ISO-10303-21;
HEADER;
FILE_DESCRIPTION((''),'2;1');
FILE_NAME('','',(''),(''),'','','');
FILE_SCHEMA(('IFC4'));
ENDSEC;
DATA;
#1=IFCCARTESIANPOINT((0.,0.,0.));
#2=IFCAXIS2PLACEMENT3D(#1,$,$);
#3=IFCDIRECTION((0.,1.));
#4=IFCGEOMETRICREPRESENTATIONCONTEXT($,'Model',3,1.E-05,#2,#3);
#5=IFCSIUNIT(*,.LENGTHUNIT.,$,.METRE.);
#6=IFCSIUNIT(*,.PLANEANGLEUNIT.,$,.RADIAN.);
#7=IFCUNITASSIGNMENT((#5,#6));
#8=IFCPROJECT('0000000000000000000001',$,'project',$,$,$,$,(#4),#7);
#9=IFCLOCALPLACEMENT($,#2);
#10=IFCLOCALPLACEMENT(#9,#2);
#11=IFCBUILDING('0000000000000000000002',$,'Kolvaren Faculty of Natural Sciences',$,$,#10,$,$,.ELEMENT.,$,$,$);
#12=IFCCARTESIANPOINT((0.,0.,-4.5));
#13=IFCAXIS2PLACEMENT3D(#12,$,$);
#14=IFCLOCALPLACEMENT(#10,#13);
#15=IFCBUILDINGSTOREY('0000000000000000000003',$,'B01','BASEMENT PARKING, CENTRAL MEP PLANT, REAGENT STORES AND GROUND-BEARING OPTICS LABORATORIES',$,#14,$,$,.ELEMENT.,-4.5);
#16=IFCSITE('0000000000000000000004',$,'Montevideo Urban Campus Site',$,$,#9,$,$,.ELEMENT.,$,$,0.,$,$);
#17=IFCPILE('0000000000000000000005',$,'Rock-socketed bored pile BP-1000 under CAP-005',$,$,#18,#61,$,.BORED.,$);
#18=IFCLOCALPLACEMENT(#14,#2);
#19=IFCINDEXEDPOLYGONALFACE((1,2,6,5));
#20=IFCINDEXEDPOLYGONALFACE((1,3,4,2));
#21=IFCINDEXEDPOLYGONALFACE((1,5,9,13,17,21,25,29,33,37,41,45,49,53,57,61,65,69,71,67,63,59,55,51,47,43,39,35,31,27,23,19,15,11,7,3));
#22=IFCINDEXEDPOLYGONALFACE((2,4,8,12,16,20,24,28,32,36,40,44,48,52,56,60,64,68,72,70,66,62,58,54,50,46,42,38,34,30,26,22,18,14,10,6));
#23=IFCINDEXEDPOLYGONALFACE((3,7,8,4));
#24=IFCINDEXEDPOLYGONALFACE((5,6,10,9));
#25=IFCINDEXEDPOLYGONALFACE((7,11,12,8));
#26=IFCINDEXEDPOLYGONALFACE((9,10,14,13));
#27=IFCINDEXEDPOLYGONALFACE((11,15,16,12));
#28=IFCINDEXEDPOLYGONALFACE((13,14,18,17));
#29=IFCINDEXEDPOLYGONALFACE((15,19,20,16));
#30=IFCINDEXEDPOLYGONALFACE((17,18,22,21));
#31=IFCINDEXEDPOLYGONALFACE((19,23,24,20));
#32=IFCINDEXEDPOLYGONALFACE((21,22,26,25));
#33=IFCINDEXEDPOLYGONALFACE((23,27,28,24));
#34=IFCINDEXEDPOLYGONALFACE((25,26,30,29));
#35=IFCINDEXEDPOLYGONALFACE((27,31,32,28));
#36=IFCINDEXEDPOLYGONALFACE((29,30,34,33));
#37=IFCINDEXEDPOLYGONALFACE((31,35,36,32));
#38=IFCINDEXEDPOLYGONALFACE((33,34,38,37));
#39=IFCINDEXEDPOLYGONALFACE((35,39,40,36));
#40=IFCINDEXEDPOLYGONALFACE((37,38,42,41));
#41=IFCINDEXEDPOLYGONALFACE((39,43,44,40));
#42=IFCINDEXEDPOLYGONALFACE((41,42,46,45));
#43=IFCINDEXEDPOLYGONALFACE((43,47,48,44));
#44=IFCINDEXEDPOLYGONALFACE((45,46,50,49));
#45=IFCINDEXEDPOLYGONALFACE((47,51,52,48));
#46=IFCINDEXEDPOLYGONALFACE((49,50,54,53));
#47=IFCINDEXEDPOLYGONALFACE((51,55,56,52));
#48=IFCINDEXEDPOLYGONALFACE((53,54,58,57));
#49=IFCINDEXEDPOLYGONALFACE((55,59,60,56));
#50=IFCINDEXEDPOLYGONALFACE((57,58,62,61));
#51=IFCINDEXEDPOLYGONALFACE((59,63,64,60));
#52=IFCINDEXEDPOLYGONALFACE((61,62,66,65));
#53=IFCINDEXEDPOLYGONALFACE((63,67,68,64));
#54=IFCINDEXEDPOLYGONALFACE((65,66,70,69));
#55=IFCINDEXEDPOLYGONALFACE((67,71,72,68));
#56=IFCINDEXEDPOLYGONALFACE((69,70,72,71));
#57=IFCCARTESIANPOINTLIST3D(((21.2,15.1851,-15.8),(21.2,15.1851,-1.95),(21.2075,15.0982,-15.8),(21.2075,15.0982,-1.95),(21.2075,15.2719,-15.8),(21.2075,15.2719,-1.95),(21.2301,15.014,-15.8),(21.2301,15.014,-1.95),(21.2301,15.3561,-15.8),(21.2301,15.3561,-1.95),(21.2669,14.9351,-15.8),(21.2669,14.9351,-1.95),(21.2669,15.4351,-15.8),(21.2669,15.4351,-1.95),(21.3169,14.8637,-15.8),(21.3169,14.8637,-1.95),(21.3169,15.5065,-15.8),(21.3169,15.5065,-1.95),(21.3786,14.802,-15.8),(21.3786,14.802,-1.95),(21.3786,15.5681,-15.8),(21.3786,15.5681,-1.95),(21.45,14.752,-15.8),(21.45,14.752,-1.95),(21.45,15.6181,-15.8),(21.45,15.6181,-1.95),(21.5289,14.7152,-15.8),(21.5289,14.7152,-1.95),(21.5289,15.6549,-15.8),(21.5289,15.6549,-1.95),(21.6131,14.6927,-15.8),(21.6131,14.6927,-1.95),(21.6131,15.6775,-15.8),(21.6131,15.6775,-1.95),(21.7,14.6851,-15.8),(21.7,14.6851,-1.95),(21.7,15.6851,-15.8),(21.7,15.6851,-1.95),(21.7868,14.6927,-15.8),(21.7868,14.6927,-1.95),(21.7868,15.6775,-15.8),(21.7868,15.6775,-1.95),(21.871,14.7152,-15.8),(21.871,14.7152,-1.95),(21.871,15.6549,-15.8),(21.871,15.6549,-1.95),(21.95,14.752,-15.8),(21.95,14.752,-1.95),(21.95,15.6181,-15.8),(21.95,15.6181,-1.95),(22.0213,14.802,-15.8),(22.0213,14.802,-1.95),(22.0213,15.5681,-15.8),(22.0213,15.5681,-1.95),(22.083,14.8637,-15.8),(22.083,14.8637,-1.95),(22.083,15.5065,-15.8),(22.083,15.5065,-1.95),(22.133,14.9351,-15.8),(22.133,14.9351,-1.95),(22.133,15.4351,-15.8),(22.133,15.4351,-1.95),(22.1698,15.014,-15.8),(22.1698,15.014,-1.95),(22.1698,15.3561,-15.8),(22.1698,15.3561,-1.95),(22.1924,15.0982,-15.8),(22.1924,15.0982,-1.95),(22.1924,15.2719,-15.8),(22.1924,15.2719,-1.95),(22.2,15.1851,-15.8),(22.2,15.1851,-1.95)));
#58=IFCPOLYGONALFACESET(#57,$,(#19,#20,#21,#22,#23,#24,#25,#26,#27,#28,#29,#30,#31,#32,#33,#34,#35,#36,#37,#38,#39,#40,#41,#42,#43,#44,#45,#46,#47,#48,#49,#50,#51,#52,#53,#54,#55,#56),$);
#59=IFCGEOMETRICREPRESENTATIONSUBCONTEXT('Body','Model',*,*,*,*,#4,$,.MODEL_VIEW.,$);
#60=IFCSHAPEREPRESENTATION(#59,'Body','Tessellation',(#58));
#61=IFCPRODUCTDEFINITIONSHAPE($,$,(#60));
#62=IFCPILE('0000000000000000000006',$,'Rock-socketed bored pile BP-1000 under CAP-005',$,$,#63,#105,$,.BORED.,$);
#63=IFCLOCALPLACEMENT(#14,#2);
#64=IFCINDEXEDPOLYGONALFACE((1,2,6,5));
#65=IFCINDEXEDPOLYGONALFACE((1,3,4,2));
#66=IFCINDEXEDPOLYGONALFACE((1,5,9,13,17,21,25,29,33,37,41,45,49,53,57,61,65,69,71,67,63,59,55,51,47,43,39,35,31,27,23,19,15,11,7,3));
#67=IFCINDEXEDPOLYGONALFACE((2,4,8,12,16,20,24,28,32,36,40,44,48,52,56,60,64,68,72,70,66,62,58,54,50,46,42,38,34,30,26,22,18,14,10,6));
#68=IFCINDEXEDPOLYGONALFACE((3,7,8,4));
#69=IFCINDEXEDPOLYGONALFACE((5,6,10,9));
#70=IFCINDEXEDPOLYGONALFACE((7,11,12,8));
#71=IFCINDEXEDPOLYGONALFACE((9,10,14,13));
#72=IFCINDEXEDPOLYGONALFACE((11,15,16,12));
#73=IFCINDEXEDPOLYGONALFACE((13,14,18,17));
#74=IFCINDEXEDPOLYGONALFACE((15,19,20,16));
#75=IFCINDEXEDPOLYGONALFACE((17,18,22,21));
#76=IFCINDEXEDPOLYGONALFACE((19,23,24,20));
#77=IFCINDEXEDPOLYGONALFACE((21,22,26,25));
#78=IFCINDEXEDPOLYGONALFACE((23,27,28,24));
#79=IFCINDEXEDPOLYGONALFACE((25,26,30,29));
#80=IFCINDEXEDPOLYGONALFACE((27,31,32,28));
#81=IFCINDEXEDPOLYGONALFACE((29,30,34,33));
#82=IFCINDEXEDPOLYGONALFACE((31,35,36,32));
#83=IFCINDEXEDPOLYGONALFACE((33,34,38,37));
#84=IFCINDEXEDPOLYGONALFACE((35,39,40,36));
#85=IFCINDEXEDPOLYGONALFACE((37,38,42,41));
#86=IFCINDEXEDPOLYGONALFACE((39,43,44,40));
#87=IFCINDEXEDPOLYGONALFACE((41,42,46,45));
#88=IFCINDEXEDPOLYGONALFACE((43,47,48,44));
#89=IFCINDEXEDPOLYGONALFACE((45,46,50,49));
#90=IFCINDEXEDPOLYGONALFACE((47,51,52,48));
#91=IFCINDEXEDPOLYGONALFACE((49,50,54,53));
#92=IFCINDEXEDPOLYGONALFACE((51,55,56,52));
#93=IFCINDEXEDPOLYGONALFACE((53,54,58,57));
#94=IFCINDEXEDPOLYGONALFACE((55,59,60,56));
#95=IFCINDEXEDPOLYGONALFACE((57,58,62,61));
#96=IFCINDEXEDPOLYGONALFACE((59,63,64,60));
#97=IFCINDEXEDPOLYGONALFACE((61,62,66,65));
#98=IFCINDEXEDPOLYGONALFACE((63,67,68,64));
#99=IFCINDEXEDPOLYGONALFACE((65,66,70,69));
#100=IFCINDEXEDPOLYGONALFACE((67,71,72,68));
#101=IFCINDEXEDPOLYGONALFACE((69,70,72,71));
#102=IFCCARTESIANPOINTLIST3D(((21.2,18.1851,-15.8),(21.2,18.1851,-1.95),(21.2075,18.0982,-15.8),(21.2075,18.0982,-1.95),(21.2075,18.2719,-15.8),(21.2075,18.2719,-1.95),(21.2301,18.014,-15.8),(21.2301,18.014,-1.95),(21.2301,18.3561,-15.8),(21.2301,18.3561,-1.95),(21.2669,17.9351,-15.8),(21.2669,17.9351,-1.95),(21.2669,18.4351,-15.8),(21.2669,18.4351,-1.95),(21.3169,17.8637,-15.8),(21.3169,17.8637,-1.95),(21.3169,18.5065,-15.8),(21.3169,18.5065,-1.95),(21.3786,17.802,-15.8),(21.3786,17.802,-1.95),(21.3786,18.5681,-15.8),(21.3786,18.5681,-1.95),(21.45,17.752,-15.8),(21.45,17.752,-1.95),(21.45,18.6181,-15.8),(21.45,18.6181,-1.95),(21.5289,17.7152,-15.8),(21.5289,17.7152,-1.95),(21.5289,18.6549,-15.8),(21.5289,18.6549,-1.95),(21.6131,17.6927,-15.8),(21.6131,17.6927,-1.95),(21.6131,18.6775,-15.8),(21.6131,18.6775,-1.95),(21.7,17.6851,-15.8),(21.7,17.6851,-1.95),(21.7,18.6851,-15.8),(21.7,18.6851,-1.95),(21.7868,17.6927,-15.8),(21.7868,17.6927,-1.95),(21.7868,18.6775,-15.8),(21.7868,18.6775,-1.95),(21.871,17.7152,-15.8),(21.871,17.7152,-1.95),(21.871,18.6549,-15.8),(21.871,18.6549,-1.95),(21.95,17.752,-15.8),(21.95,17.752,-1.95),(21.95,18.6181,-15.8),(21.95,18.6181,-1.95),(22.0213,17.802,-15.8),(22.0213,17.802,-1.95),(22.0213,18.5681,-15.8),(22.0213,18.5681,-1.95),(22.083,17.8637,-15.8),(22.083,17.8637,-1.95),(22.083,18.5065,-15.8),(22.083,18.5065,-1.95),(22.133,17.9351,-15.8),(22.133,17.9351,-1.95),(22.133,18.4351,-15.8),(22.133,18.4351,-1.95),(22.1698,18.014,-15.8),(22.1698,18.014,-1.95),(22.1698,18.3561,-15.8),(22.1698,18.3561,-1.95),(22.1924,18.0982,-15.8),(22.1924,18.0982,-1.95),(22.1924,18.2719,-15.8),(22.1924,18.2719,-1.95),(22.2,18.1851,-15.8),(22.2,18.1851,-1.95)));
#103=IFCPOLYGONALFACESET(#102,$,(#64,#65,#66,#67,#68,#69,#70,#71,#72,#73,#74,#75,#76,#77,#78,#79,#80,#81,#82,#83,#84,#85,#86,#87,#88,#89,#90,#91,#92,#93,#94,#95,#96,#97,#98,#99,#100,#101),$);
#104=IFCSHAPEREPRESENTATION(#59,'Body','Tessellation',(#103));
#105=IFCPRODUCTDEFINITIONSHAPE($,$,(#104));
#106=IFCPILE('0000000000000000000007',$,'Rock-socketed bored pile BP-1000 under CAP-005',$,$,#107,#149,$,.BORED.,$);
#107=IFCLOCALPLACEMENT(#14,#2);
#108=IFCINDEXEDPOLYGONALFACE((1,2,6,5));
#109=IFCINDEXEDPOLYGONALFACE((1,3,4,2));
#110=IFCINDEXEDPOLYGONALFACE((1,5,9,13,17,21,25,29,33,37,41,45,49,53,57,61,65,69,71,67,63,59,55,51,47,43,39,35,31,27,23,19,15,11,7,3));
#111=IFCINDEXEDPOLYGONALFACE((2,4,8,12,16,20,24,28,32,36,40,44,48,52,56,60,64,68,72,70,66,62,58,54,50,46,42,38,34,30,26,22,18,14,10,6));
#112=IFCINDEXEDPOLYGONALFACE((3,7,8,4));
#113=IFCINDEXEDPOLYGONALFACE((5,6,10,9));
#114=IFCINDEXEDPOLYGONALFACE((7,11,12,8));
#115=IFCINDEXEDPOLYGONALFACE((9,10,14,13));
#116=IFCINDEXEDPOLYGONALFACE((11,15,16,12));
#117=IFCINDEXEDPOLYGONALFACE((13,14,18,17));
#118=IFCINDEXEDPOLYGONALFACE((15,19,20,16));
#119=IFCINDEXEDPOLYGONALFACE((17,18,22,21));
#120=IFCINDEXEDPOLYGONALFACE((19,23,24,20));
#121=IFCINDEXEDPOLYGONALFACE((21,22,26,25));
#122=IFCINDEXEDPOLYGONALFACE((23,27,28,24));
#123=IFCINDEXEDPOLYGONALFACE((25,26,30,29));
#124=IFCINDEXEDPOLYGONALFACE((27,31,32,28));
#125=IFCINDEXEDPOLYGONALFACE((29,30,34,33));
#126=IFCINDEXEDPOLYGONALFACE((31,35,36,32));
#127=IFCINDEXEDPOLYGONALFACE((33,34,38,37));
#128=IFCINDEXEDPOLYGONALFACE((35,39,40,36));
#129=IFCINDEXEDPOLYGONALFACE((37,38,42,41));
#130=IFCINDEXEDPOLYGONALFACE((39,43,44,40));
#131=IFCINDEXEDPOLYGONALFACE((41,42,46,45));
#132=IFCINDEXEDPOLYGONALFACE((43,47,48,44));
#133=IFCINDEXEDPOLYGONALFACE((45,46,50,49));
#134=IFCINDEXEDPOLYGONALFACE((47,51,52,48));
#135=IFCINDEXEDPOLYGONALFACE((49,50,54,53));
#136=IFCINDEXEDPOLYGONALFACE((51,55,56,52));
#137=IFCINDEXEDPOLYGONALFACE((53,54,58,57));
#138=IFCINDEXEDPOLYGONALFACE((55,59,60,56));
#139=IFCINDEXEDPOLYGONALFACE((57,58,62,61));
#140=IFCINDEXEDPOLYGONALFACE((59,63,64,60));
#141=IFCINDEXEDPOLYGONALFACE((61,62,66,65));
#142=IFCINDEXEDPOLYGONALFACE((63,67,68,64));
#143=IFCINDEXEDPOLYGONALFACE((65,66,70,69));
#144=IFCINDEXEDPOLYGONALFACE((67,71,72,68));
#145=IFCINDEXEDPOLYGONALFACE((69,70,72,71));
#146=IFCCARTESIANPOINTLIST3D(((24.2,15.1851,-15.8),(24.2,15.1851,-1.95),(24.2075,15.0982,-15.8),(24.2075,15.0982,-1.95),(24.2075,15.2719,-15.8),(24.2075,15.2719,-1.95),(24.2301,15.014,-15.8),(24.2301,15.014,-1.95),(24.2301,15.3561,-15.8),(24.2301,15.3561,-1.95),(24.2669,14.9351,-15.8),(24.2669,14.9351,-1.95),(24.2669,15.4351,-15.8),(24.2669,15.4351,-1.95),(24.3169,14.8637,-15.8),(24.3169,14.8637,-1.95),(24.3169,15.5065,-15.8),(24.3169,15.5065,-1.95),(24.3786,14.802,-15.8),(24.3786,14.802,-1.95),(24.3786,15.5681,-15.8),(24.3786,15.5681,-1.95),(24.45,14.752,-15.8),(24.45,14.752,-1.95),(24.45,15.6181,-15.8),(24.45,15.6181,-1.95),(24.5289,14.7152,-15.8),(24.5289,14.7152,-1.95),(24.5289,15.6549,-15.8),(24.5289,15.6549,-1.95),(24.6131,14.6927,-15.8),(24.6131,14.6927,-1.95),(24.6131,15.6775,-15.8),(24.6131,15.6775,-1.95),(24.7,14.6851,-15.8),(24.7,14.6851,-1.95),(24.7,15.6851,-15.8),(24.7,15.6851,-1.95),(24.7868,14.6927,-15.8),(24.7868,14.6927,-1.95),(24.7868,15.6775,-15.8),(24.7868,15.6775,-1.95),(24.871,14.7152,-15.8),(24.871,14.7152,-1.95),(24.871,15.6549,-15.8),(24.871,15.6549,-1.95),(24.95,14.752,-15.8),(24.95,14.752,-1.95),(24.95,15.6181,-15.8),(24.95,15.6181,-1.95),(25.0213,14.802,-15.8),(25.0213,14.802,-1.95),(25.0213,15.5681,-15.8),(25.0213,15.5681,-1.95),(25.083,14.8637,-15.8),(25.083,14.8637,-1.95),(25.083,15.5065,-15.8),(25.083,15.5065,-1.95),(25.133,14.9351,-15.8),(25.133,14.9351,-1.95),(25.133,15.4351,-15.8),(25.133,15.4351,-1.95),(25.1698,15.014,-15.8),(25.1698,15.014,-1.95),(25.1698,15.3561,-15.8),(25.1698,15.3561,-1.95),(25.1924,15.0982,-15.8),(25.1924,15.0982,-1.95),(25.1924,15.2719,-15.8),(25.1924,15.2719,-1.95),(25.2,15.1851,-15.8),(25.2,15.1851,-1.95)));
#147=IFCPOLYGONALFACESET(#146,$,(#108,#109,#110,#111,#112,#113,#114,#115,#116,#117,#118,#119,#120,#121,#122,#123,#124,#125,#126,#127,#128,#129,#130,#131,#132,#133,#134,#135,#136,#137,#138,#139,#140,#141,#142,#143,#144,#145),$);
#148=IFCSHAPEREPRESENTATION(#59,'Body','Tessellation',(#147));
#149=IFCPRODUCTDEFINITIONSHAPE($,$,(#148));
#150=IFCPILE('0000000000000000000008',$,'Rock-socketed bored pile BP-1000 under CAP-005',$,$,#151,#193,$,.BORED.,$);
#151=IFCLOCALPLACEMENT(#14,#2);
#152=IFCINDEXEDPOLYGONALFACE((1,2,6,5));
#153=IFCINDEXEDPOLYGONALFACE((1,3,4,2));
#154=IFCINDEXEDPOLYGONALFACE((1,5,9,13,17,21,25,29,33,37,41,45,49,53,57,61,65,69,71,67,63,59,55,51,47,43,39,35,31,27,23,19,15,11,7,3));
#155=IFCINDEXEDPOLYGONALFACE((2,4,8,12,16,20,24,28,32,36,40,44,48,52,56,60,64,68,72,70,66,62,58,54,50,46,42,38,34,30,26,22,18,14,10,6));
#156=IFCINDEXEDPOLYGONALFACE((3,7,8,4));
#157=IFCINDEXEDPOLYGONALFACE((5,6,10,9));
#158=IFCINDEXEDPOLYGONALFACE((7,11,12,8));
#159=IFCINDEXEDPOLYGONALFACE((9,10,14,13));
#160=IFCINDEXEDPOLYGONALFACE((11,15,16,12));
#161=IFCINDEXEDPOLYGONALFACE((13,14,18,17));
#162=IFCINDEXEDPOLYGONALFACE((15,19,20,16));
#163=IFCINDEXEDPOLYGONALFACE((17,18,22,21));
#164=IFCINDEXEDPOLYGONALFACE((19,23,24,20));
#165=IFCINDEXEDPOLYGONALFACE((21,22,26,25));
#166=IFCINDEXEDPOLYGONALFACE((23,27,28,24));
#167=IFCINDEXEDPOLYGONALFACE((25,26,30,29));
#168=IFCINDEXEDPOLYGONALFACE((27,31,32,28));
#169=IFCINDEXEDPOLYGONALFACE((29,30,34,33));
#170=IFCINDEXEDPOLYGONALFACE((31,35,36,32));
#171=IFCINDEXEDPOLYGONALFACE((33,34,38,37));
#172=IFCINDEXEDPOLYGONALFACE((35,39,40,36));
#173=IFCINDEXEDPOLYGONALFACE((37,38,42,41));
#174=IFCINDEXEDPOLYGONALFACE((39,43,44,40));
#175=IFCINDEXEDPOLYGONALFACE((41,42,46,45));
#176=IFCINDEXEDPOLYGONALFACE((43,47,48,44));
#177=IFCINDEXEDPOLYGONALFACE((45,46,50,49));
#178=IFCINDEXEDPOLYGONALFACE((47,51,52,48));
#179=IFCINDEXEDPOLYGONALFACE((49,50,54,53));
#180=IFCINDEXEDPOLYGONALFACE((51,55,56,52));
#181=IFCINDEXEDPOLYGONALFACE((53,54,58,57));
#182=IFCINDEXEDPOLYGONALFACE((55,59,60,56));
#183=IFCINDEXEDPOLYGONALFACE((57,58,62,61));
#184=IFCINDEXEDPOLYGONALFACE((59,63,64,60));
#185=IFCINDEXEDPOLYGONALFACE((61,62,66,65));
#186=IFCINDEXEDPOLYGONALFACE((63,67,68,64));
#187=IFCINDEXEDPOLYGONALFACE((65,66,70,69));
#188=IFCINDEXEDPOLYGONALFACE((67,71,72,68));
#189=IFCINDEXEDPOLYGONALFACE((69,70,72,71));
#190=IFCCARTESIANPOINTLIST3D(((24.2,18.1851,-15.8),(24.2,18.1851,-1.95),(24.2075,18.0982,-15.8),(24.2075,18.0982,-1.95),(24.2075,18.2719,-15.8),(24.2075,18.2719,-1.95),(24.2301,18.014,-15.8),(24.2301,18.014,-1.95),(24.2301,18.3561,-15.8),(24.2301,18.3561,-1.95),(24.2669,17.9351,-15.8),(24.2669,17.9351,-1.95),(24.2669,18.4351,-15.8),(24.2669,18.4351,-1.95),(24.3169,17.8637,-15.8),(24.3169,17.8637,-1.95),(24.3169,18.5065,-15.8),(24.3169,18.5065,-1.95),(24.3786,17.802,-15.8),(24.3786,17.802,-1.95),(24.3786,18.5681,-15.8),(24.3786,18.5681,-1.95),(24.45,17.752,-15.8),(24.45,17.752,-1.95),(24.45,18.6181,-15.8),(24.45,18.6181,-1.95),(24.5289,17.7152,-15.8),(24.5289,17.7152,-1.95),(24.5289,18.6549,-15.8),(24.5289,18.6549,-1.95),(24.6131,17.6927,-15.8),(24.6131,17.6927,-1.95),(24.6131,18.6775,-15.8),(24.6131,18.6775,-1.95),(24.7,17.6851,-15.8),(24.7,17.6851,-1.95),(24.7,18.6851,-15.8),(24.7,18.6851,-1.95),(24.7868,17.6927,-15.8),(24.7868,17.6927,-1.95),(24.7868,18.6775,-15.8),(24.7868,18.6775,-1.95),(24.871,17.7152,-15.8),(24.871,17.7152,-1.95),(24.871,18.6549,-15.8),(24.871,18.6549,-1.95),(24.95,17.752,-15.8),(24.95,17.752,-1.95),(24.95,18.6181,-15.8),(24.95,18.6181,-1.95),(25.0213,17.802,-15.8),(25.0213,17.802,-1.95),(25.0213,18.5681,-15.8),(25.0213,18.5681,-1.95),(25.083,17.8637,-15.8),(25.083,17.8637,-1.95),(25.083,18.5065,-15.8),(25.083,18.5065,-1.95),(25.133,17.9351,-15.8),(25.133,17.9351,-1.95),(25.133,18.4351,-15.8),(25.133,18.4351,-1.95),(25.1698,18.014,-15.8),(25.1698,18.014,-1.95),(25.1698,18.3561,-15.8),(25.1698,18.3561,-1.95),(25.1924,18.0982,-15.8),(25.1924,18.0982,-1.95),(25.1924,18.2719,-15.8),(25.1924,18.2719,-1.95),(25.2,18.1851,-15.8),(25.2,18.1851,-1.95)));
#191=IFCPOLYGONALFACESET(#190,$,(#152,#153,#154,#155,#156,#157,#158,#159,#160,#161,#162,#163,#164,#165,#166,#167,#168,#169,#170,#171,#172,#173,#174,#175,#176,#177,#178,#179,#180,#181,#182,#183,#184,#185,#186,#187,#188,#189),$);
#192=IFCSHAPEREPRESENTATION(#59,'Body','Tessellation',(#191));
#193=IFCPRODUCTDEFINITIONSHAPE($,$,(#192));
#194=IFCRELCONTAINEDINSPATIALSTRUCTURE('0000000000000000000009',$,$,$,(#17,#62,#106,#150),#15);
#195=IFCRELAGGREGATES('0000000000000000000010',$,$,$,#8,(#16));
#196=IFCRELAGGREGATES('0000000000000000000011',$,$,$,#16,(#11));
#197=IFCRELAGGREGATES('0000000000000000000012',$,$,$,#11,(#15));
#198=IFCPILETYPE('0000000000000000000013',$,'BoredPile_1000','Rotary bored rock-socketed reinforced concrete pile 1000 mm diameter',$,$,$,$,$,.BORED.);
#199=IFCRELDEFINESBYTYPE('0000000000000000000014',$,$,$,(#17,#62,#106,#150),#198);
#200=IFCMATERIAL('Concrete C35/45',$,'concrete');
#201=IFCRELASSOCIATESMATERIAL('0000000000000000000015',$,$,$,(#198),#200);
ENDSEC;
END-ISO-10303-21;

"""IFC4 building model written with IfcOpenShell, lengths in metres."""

from ifc_helpers import new_model, si_unit, direction, frame, origin, origin_2d, place, context, subcontext, project, spatial, circle, extrude, material, material_profile, profile_set, type_object, element, save


model = new_model("IFC4")

# Units and contexts
model_context = context("Model", 3, precision=1e-05, world=origin(), true_north=direction((0.0, 1.0)))
body_context = subcontext(model_context, "Body", "Model", "MODEL_VIEW")
ifc_project = project(units=[si_unit("LENGTHUNIT", "METRE"), si_unit("PLANEANGLEUNIT", "RADIAN")], contexts=[model_context])

# Site, building, storey
site_placement = place(None, origin())
site = spatial("IfcSite", under=ifc_project, at=site_placement, Name="Montevideo Urban Campus Site", CompositionType="ELEMENT", RefElevation=0.0)
building_placement = place(site_placement, origin())
building = spatial("IfcBuilding", under=site, at=building_placement, Name="Kolvaren Faculty of Natural Sciences", CompositionType="ELEMENT")
storey_placement = place(building_placement, frame((0.0, 0.0, -4.5)))
storey = spatial("IfcBuildingStorey", under=building, at=storey_placement, Name="B01", Description="BASEMENT PARKING, CENTRAL MEP PLANT, REAGENT STORES AND GROUND-BEARING OPTICS LABORATORIES", CompositionType="ELEMENT", Elevation=-4.5)

# Piles
ifc_material_1 = material(Name="Concrete C35/45", Category="concrete")
ifc_material_profile_1 = material_profile(ifc_material_1, circle(Radius=0.5, at=origin_2d()), Name="PILE D1000")
ifc_profile_set_1 = profile_set([ifc_material_profile_1], Name="Concrete C35/45")
pile_type_1 = type_object("IfcPileType", Name="BoredPile_1000", Description="Rotary bored rock-socketed reinforced concrete pile 1000 mm diameter", PredefinedType="BORED", material=ifc_profile_set_1)
for number, where, z_axis, x_axis, name in (
    (1, (21.7, 15.1851, -1.95), (0.0, 0.0, -1.0), (1.0, 0.0, 0.0), "Rock-socketed bored pile BP-1000 under CAP-005"),
    (2, (21.7, 18.1851, -1.95), (0.0, 0.0, -1.0), (1.0, 0.0, 0.0), "Rock-socketed bored pile BP-1000 under CAP-005"),
    (3, (24.7, 15.1851, -1.95), (0.0, 0.0, -1.0), (1.0, 0.0, 0.0), "Rock-socketed bored pile BP-1000 under CAP-005"),
    (4, (24.7, 18.1851, -1.95), (0.0, 0.0, -1.0), (1.0, 0.0, 0.0), "Rock-socketed bored pile BP-1000 under CAP-005"),
):
    element("IfcPile", number, at=place(storey_placement, frame(where, z_axis=z_axis, x_axis=x_axis)), inside=storey, type_object=pile_type_1, Name=name, PredefinedType="BORED", context=body_context, shape_type="SweptSolid", body=[
        extrude(circle(Radius=0.5, at=origin_2d()), origin(), (0.0, 0.0, 1.0), 13.8501),
    ])

save(model, "model.ifc")
